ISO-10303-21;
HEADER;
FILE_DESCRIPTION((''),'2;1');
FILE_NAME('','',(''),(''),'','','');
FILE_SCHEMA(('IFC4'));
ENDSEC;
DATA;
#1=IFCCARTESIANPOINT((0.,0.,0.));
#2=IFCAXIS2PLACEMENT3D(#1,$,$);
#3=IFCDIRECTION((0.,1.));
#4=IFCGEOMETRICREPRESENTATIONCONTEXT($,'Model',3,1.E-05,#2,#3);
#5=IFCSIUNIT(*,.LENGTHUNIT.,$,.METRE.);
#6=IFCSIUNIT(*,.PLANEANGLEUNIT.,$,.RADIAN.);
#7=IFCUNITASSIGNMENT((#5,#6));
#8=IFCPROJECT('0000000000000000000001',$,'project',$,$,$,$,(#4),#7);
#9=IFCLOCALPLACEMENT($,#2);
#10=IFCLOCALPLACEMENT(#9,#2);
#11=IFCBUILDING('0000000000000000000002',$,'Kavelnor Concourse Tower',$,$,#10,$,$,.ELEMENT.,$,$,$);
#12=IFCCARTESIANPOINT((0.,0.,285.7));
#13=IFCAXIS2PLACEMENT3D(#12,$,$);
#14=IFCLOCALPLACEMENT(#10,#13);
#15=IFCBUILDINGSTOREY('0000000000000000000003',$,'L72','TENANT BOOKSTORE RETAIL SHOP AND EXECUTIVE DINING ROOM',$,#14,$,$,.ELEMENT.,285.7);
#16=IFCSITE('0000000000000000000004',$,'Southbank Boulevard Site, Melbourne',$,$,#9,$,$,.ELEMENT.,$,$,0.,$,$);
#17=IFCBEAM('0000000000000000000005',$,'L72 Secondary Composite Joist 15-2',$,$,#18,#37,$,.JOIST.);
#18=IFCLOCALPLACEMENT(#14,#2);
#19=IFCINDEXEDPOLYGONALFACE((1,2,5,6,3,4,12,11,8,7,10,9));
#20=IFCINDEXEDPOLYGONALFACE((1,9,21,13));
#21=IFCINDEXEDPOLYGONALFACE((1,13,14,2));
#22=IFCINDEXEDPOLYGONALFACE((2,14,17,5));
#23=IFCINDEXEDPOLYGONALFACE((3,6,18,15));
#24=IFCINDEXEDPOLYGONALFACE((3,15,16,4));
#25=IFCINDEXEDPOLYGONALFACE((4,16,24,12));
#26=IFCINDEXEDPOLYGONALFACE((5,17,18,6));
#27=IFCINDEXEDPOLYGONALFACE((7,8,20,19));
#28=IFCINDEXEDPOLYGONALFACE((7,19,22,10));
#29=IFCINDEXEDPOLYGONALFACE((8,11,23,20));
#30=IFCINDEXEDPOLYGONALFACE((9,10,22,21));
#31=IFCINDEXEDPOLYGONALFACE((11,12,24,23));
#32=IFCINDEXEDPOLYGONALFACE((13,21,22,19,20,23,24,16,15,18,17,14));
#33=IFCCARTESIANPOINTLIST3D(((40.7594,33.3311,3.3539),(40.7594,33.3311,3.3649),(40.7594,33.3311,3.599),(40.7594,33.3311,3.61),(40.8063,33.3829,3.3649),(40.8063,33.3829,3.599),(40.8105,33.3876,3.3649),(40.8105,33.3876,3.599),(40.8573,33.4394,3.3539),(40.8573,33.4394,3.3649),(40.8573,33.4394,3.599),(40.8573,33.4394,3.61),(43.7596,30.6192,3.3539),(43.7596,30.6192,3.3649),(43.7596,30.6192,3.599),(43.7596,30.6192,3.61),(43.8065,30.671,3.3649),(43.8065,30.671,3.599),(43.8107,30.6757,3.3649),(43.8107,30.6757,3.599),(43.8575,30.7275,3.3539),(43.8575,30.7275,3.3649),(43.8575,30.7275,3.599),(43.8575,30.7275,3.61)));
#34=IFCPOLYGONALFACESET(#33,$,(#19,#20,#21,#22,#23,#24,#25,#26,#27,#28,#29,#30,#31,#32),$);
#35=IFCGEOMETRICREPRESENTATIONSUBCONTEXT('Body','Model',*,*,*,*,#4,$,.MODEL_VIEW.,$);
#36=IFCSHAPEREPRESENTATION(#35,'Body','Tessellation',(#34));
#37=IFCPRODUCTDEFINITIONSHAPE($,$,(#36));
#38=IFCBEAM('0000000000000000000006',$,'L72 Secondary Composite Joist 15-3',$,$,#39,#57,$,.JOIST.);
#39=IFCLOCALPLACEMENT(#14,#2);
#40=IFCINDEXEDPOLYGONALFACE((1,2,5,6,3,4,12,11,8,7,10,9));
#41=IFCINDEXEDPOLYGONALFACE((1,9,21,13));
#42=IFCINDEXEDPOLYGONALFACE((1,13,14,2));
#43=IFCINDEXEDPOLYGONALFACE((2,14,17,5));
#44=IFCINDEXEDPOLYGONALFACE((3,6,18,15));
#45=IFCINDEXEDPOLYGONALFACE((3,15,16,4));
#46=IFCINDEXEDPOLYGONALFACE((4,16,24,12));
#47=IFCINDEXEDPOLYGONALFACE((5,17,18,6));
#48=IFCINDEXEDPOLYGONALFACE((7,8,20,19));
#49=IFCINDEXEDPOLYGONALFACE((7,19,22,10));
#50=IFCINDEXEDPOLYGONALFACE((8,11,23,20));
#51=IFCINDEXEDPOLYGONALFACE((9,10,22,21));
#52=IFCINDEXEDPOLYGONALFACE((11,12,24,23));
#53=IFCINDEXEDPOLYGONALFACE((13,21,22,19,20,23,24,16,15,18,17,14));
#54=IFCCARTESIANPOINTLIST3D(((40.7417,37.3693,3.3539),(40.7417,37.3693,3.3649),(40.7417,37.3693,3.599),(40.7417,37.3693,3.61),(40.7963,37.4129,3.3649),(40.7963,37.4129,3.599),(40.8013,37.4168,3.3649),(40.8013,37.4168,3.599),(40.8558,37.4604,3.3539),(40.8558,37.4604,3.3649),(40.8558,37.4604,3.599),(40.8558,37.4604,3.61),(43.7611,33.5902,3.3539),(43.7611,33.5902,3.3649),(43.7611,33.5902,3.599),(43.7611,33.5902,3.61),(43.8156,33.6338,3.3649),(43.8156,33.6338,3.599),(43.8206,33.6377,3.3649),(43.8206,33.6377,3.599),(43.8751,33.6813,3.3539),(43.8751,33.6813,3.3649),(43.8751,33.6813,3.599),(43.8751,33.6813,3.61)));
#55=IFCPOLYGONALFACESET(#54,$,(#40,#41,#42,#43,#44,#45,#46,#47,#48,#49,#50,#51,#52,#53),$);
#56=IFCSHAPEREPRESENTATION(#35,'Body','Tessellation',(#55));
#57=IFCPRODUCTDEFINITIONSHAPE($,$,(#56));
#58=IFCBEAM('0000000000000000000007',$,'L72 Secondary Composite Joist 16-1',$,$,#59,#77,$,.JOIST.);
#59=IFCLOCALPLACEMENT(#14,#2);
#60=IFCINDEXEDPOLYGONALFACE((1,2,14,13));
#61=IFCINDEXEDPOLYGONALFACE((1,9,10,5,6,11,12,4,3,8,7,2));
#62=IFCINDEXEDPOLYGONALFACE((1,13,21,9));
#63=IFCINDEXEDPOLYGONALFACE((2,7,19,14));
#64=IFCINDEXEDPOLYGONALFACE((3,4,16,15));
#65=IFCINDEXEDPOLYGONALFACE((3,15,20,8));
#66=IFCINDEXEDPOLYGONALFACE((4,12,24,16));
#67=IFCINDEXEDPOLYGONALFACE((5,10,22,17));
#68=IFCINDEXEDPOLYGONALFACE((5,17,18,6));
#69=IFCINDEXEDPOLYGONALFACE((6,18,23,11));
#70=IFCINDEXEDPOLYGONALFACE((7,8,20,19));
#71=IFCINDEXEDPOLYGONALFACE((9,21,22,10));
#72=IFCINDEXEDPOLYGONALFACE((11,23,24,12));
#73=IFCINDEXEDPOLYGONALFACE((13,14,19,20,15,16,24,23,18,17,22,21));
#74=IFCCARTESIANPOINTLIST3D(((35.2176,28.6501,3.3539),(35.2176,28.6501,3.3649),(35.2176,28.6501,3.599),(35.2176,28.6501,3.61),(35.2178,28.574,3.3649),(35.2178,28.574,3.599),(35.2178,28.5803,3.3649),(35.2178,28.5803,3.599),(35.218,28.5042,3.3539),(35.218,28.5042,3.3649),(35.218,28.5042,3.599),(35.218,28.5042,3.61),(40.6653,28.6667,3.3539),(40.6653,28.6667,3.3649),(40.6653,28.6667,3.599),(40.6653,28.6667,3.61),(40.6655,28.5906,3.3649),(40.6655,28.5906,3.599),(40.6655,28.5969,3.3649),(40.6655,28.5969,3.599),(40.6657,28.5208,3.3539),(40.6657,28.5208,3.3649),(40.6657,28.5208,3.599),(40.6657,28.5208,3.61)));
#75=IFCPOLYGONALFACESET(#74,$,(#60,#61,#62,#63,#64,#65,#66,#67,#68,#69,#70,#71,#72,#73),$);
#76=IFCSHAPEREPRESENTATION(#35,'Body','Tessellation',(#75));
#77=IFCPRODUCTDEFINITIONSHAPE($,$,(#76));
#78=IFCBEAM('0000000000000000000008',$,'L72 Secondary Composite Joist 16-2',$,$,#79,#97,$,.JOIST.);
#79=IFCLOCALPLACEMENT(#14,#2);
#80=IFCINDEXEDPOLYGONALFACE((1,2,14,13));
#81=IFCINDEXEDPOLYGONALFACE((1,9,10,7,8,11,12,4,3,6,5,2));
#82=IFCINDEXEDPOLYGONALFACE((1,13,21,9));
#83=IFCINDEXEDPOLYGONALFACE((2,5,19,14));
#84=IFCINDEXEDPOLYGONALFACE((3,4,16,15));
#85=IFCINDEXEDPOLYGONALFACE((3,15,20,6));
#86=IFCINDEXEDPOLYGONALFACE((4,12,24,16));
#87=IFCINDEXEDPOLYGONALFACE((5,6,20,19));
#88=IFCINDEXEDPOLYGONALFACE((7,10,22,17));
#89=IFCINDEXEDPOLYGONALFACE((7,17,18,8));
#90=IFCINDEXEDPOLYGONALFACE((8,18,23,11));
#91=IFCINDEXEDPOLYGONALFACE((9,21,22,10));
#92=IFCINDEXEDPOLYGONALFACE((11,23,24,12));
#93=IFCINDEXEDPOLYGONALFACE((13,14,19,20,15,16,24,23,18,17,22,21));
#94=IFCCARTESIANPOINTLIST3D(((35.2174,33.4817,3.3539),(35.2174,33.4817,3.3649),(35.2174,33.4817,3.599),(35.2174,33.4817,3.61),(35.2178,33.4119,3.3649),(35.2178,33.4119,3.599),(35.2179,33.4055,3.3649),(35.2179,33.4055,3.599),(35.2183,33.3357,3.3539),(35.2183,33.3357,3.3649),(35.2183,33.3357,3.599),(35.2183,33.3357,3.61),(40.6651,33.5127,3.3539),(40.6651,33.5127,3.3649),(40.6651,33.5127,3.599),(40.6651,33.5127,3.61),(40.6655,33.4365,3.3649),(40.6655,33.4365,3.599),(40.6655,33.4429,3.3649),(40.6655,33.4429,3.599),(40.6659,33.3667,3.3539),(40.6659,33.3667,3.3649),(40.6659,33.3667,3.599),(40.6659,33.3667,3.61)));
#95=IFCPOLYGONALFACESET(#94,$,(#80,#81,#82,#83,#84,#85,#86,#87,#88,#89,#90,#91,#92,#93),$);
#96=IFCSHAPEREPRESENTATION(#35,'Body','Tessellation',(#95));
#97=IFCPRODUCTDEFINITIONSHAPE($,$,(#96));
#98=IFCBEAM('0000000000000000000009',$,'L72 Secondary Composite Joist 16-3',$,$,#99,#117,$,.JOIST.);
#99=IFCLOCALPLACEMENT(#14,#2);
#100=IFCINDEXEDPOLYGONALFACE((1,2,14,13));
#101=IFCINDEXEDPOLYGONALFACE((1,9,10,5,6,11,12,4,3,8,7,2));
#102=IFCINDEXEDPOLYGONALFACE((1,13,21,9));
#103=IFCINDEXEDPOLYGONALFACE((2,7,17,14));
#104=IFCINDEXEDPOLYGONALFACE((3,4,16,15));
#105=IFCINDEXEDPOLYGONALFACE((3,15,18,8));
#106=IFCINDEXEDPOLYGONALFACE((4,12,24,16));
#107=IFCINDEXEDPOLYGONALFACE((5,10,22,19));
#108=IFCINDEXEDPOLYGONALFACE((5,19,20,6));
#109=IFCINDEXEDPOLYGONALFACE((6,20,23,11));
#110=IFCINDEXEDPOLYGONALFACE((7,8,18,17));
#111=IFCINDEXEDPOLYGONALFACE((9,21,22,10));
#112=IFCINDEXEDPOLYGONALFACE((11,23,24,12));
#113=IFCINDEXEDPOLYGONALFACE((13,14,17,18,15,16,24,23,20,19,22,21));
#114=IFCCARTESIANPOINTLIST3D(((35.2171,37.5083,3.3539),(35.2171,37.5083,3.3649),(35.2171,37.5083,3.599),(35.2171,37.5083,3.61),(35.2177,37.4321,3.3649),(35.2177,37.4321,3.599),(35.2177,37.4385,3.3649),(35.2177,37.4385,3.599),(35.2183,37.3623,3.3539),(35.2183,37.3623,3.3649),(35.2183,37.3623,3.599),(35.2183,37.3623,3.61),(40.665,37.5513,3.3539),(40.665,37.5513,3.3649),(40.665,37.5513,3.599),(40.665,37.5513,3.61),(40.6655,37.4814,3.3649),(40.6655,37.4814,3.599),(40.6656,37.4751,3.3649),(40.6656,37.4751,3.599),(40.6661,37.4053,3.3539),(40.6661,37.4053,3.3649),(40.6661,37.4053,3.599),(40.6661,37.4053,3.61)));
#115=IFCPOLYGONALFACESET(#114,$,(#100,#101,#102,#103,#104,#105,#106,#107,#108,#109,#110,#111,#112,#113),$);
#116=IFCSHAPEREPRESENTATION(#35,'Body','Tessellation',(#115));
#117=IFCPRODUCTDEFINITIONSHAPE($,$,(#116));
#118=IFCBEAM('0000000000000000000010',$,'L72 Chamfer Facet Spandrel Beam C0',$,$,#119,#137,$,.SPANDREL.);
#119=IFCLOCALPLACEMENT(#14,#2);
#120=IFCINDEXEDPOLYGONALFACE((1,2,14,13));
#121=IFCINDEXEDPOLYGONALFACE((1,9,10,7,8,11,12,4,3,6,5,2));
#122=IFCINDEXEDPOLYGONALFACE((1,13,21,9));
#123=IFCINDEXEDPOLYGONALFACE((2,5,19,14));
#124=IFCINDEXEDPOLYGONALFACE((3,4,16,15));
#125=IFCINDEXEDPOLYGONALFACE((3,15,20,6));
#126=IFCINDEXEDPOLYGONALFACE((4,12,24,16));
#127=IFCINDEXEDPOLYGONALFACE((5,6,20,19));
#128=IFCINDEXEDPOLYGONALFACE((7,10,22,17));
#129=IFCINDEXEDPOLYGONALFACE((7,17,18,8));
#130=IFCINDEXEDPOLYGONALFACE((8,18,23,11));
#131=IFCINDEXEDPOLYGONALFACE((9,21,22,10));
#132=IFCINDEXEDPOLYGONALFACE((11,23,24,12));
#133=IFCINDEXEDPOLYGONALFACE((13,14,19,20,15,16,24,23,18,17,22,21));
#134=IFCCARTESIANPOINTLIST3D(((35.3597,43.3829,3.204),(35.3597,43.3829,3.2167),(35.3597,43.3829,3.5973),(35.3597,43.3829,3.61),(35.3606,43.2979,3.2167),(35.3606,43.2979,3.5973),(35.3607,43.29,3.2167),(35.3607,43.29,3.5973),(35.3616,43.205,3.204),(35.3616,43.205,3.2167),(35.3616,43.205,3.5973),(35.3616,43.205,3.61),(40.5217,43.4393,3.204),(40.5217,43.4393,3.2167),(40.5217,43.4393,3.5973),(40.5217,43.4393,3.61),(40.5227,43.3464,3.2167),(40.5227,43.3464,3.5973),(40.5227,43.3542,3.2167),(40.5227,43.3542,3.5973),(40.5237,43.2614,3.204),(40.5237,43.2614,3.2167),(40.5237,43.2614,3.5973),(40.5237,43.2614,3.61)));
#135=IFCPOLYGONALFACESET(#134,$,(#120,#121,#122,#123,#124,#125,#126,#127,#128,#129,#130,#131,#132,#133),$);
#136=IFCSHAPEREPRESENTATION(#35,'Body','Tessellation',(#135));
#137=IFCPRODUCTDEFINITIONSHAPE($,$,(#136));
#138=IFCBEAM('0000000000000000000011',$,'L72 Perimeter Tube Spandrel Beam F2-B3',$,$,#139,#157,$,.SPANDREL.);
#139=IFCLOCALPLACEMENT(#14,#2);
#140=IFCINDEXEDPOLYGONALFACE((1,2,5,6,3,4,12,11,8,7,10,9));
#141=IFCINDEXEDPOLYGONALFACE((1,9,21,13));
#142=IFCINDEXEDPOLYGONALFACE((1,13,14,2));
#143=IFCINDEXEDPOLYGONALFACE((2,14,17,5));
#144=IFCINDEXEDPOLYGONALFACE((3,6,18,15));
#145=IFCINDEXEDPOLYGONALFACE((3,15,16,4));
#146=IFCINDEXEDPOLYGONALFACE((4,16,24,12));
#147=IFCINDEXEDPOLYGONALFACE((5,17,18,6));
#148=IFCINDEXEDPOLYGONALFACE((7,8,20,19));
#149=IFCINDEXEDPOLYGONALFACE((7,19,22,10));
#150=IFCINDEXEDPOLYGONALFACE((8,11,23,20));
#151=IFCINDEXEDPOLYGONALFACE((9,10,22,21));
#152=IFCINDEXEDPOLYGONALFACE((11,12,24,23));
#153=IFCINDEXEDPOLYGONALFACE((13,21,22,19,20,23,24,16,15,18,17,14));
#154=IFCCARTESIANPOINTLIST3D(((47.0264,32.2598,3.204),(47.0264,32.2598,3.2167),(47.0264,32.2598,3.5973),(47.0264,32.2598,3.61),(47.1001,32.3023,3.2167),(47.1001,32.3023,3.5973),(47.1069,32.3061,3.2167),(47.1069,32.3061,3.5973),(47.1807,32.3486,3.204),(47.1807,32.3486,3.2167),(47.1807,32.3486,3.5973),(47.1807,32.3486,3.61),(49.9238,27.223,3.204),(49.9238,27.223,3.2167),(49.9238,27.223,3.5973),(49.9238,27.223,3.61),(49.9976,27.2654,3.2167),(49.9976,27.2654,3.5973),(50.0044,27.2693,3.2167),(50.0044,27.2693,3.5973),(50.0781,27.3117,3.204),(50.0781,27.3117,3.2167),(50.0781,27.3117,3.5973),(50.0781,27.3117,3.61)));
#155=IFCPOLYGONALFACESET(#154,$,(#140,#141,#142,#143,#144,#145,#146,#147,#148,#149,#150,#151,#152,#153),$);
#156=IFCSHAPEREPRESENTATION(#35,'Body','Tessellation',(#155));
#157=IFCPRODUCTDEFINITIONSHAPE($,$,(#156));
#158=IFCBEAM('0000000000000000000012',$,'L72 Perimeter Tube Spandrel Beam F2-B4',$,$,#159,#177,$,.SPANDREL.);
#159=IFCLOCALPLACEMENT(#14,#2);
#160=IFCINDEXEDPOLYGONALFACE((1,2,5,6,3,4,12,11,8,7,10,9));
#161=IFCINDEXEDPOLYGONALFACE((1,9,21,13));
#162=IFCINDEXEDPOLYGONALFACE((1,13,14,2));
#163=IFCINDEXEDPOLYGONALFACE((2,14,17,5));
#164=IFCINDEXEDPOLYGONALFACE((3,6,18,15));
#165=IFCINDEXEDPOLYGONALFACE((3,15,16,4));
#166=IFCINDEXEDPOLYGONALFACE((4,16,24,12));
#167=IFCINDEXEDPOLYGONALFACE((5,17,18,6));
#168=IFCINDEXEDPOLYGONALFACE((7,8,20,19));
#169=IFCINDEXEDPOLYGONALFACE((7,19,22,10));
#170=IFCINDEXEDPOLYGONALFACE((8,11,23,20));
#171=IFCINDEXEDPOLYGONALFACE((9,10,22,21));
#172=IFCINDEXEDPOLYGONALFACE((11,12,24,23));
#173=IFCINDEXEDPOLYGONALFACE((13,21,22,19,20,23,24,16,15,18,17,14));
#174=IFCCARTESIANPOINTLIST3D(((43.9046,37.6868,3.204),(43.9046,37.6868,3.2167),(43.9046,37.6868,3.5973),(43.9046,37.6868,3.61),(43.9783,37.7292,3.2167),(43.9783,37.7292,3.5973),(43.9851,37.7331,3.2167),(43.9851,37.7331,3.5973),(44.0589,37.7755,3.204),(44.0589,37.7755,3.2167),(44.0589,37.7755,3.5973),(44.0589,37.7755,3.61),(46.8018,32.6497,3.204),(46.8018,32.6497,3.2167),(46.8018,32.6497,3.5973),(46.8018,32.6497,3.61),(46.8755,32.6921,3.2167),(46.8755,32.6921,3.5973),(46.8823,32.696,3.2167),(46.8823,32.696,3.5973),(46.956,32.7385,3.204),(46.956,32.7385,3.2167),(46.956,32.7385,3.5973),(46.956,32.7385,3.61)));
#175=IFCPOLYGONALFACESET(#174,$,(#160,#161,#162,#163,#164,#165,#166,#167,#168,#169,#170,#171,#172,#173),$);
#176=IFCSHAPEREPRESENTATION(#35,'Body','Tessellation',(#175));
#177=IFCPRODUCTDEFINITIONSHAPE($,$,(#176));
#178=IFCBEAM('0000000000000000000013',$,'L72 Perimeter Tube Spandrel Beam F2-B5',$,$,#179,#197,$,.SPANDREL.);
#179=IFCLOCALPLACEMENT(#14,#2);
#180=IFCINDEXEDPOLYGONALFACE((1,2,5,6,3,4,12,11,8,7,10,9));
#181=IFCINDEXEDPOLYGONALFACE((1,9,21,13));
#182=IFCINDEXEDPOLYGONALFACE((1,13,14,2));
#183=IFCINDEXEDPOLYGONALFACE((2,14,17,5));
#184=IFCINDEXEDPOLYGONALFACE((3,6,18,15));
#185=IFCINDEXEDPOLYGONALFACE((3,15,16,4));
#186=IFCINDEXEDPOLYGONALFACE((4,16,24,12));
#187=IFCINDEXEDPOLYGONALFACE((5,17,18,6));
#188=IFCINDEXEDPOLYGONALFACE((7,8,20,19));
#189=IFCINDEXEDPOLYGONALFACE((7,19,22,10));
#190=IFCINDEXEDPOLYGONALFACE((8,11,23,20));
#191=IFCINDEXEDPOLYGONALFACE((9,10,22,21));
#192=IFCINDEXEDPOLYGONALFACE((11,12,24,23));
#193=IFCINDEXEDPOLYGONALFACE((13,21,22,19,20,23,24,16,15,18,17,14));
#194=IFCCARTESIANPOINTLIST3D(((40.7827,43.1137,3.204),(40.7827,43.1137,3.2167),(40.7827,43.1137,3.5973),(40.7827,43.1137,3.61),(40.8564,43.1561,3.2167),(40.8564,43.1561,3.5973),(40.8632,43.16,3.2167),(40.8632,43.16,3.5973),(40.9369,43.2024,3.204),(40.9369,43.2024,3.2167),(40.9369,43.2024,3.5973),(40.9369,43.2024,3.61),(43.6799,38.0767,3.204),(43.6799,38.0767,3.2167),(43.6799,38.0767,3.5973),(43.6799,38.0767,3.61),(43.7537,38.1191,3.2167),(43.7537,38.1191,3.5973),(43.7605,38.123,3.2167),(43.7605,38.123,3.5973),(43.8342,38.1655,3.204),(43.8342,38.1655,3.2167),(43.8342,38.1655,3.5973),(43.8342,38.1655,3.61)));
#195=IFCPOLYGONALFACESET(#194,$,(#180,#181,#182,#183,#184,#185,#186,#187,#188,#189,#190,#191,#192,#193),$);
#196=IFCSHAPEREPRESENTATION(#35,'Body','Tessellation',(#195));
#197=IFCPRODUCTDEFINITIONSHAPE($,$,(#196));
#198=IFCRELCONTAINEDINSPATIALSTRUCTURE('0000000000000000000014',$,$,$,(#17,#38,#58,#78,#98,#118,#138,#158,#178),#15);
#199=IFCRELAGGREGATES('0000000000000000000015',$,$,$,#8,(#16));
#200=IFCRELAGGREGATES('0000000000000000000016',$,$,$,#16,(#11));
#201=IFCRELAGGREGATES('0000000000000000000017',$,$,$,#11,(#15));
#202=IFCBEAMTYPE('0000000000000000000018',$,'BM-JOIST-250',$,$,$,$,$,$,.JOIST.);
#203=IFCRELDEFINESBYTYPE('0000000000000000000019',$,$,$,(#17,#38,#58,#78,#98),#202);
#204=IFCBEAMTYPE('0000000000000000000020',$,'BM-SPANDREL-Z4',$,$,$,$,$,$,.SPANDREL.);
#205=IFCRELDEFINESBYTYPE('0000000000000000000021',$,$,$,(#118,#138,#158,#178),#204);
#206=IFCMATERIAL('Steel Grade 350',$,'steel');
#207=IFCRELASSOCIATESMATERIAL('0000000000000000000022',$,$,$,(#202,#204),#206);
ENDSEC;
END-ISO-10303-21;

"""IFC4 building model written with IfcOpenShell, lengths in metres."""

from ifc_helpers import new_model, si_unit, direction, frame, origin, origin_2d, place, context, subcontext, project, spatial, i_section, extrude, material, material_profile, profile_set, type_object, element, save


model = new_model("IFC4")

# Units and contexts
model_context = context("Model", 3, precision=1e-05, world=origin(), true_north=direction((0.0, 1.0)))
body_context = subcontext(model_context, "Body", "Model", "MODEL_VIEW")
ifc_project = project(units=[si_unit("LENGTHUNIT", "METRE"), si_unit("PLANEANGLEUNIT", "RADIAN")], contexts=[model_context])

# Site, building, storey
site_placement = place(None, origin())
site = spatial("IfcSite", under=ifc_project, at=site_placement, Name="Southbank Boulevard Site, Melbourne", CompositionType="ELEMENT", RefElevation=0.0)
building_placement = place(site_placement, origin())
building = spatial("IfcBuilding", under=site, at=building_placement, Name="Kavelnor Concourse Tower", CompositionType="ELEMENT")
storey_placement = place(building_placement, frame((0.0, 0.0, 285.7)))
storey = spatial("IfcBuildingStorey", under=building, at=storey_placement, Name="L72", Description="TENANT BOOKSTORE RETAIL SHOP AND EXECUTIVE DINING ROOM", CompositionType="ELEMENT", Elevation=285.7)

# Shared definitions
ifc_material_1 = material(Name="Steel Grade 350", Category="steel")

# Beams
ifc_material_profile_1 = material_profile(ifc_material_1, i_section(OverallWidth=0.146, OverallDepth=0.2561, WebThickness=0.0063, FlangeThickness=0.011, at=origin_2d()), Name="250UB37")
ifc_profile_set_1 = profile_set([ifc_material_profile_1], Name="Steel Grade 350")
beam_type_1 = type_object("IfcBeamType", Name="BM-JOIST-250", PredefinedType="JOIST", material=ifc_profile_set_1)
beam_1_placement = place(storey_placement, frame((43.8086, 30.6733, 3.4819), z_axis=(-0.741855, 0.670561, 0.0), x_axis=(-0.670561, -0.741855, 0.0)))
element("IfcBeam", 1, at=beam_1_placement, inside=storey, type_object=beam_type_1, Name="L72 Secondary Composite Joist 15-2", PredefinedType="JOIST", context=body_context, shape_type="SweptSolid", body=[
    extrude(i_section(OverallWidth=0.146, OverallDepth=0.2561, WebThickness=0.0063, FlangeThickness=0.011, at=origin_2d()), origin(), (0.0, 0.0, 1.0), 4.0442),
])
beam_2_placement = place(storey_placement, frame((43.8181, 33.6357, 3.4819), z_axis=(-0.624196, 0.781268, 0.0), x_axis=(-0.781268, -0.624196, 0.0)))
element("IfcBeam", 2, at=beam_2_placement, inside=storey, type_object=beam_type_1, Name="L72 Secondary Composite Joist 15-3", PredefinedType="JOIST", context=body_context, shape_type="SweptSolid", body=[
    extrude(i_section(OverallWidth=0.146, OverallDepth=0.2561, WebThickness=0.0063, FlangeThickness=0.011, at=origin_2d()), origin(), (0.0, 0.0, 1.0), 4.8372),
])
for number, where, z_axis, x_axis, name in (
    (3, (40.6655, 28.5938, 3.4819), (-0.999995, -0.003047, 0.0), (0.003047, -0.999995, 0.0), "L72 Secondary Composite Joist 16-1"),
    (4, (40.6655, 33.4397, 3.4819), (-0.999984, -0.005691, 0.0), (0.005691, -0.999984, 0.0), "L72 Secondary Composite Joist 16-2"),
):
    element("IfcBeam", number, at=place(storey_placement, frame(where, z_axis=z_axis, x_axis=x_axis)), inside=storey, type_object=beam_type_1, Name=name, PredefinedType="JOIST", context=body_context, shape_type="SweptSolid", body=[
        extrude(i_section(OverallWidth=0.146, OverallDepth=0.2561, WebThickness=0.0063, FlangeThickness=0.011, at=origin_2d()), origin(), (0.0, 0.0, 1.0), 5.4478),
    ])
beam_3_placement = place(storey_placement, frame((40.6655, 37.4783, 3.4819), z_axis=(-0.999969, -0.007887, 0.0), x_axis=(0.007887, -0.999969, 0.0)))
element("IfcBeam", 5, at=beam_3_placement, inside=storey, type_object=beam_type_1, Name="L72 Secondary Composite Joist 16-3", PredefinedType="JOIST", context=body_context, shape_type="SweptSolid", body=[
    extrude(i_section(OverallWidth=0.146, OverallDepth=0.2561, WebThickness=0.0063, FlangeThickness=0.011, at=origin_2d()), origin(), (0.0, 0.0, 1.0), 5.448),
])
ifc_material_profile_2 = material_profile(ifc_material_1, i_section(OverallWidth=0.178, OverallDepth=0.406, WebThickness=0.0078, FlangeThickness=0.0127, at=origin_2d()), Name="410UB59")
ifc_profile_set_2 = profile_set([ifc_material_profile_2], Name="Steel Grade 350")
beam_type_2 = type_object("IfcBeamType", Name="BM-SPANDREL-Z4", PredefinedType="SPANDREL", material=ifc_profile_set_2)
beam_4_placement = place(storey_placement, frame((40.5227, 43.3503, 3.407), z_axis=(-0.99994, -0.010924, 0.0), x_axis=(0.010924, -0.99994, 0.0)))
element("IfcBeam", 6, at=beam_4_placement, inside=storey, type_object=beam_type_2, Name="L72 Chamfer Facet Spandrel Beam C0", PredefinedType="SPANDREL", context=body_context, shape_type="SweptSolid", body=[
    extrude(i_section(OverallWidth=0.178, OverallDepth=0.406, WebThickness=0.0078, FlangeThickness=0.0127, at=origin_2d()), origin(), (0.0, 0.0, 1.0), 5.1624),
])
for number, where, z_axis, x_axis, name in (
    (7, (50.001, 27.2673, 3.407), (-0.498635, 0.866812, 0.0), (-0.866812, -0.498635, 0.0), "L72 Perimeter Tube Spandrel Beam F2-B3"),
    (8, (46.8789, 32.6941, 3.407), (-0.498585, 0.866841, 0.0), (-0.866841, -0.498585, 0.0), "L72 Perimeter Tube Spandrel Beam F2-B4"),
    (9, (43.7571, 38.1211, 3.407), (-0.498603, 0.86683, 0.0), (-0.86683, -0.498603, 0.0), "L72 Perimeter Tube Spandrel Beam F2-B5"),
):
    element("IfcBeam", number, at=place(storey_placement, frame(where, z_axis=z_axis, x_axis=x_axis)), inside=storey, type_object=beam_type_2, Name=name, PredefinedType="SPANDREL", context=body_context, shape_type="SweptSolid", body=[
        extrude(i_section(OverallWidth=0.178, OverallDepth=0.406, WebThickness=0.0078, FlangeThickness=0.0127, at=origin_2d()), origin(), (0.0, 0.0, 1.0), 5.8108),
    ])

save(model, "model.ifc")
